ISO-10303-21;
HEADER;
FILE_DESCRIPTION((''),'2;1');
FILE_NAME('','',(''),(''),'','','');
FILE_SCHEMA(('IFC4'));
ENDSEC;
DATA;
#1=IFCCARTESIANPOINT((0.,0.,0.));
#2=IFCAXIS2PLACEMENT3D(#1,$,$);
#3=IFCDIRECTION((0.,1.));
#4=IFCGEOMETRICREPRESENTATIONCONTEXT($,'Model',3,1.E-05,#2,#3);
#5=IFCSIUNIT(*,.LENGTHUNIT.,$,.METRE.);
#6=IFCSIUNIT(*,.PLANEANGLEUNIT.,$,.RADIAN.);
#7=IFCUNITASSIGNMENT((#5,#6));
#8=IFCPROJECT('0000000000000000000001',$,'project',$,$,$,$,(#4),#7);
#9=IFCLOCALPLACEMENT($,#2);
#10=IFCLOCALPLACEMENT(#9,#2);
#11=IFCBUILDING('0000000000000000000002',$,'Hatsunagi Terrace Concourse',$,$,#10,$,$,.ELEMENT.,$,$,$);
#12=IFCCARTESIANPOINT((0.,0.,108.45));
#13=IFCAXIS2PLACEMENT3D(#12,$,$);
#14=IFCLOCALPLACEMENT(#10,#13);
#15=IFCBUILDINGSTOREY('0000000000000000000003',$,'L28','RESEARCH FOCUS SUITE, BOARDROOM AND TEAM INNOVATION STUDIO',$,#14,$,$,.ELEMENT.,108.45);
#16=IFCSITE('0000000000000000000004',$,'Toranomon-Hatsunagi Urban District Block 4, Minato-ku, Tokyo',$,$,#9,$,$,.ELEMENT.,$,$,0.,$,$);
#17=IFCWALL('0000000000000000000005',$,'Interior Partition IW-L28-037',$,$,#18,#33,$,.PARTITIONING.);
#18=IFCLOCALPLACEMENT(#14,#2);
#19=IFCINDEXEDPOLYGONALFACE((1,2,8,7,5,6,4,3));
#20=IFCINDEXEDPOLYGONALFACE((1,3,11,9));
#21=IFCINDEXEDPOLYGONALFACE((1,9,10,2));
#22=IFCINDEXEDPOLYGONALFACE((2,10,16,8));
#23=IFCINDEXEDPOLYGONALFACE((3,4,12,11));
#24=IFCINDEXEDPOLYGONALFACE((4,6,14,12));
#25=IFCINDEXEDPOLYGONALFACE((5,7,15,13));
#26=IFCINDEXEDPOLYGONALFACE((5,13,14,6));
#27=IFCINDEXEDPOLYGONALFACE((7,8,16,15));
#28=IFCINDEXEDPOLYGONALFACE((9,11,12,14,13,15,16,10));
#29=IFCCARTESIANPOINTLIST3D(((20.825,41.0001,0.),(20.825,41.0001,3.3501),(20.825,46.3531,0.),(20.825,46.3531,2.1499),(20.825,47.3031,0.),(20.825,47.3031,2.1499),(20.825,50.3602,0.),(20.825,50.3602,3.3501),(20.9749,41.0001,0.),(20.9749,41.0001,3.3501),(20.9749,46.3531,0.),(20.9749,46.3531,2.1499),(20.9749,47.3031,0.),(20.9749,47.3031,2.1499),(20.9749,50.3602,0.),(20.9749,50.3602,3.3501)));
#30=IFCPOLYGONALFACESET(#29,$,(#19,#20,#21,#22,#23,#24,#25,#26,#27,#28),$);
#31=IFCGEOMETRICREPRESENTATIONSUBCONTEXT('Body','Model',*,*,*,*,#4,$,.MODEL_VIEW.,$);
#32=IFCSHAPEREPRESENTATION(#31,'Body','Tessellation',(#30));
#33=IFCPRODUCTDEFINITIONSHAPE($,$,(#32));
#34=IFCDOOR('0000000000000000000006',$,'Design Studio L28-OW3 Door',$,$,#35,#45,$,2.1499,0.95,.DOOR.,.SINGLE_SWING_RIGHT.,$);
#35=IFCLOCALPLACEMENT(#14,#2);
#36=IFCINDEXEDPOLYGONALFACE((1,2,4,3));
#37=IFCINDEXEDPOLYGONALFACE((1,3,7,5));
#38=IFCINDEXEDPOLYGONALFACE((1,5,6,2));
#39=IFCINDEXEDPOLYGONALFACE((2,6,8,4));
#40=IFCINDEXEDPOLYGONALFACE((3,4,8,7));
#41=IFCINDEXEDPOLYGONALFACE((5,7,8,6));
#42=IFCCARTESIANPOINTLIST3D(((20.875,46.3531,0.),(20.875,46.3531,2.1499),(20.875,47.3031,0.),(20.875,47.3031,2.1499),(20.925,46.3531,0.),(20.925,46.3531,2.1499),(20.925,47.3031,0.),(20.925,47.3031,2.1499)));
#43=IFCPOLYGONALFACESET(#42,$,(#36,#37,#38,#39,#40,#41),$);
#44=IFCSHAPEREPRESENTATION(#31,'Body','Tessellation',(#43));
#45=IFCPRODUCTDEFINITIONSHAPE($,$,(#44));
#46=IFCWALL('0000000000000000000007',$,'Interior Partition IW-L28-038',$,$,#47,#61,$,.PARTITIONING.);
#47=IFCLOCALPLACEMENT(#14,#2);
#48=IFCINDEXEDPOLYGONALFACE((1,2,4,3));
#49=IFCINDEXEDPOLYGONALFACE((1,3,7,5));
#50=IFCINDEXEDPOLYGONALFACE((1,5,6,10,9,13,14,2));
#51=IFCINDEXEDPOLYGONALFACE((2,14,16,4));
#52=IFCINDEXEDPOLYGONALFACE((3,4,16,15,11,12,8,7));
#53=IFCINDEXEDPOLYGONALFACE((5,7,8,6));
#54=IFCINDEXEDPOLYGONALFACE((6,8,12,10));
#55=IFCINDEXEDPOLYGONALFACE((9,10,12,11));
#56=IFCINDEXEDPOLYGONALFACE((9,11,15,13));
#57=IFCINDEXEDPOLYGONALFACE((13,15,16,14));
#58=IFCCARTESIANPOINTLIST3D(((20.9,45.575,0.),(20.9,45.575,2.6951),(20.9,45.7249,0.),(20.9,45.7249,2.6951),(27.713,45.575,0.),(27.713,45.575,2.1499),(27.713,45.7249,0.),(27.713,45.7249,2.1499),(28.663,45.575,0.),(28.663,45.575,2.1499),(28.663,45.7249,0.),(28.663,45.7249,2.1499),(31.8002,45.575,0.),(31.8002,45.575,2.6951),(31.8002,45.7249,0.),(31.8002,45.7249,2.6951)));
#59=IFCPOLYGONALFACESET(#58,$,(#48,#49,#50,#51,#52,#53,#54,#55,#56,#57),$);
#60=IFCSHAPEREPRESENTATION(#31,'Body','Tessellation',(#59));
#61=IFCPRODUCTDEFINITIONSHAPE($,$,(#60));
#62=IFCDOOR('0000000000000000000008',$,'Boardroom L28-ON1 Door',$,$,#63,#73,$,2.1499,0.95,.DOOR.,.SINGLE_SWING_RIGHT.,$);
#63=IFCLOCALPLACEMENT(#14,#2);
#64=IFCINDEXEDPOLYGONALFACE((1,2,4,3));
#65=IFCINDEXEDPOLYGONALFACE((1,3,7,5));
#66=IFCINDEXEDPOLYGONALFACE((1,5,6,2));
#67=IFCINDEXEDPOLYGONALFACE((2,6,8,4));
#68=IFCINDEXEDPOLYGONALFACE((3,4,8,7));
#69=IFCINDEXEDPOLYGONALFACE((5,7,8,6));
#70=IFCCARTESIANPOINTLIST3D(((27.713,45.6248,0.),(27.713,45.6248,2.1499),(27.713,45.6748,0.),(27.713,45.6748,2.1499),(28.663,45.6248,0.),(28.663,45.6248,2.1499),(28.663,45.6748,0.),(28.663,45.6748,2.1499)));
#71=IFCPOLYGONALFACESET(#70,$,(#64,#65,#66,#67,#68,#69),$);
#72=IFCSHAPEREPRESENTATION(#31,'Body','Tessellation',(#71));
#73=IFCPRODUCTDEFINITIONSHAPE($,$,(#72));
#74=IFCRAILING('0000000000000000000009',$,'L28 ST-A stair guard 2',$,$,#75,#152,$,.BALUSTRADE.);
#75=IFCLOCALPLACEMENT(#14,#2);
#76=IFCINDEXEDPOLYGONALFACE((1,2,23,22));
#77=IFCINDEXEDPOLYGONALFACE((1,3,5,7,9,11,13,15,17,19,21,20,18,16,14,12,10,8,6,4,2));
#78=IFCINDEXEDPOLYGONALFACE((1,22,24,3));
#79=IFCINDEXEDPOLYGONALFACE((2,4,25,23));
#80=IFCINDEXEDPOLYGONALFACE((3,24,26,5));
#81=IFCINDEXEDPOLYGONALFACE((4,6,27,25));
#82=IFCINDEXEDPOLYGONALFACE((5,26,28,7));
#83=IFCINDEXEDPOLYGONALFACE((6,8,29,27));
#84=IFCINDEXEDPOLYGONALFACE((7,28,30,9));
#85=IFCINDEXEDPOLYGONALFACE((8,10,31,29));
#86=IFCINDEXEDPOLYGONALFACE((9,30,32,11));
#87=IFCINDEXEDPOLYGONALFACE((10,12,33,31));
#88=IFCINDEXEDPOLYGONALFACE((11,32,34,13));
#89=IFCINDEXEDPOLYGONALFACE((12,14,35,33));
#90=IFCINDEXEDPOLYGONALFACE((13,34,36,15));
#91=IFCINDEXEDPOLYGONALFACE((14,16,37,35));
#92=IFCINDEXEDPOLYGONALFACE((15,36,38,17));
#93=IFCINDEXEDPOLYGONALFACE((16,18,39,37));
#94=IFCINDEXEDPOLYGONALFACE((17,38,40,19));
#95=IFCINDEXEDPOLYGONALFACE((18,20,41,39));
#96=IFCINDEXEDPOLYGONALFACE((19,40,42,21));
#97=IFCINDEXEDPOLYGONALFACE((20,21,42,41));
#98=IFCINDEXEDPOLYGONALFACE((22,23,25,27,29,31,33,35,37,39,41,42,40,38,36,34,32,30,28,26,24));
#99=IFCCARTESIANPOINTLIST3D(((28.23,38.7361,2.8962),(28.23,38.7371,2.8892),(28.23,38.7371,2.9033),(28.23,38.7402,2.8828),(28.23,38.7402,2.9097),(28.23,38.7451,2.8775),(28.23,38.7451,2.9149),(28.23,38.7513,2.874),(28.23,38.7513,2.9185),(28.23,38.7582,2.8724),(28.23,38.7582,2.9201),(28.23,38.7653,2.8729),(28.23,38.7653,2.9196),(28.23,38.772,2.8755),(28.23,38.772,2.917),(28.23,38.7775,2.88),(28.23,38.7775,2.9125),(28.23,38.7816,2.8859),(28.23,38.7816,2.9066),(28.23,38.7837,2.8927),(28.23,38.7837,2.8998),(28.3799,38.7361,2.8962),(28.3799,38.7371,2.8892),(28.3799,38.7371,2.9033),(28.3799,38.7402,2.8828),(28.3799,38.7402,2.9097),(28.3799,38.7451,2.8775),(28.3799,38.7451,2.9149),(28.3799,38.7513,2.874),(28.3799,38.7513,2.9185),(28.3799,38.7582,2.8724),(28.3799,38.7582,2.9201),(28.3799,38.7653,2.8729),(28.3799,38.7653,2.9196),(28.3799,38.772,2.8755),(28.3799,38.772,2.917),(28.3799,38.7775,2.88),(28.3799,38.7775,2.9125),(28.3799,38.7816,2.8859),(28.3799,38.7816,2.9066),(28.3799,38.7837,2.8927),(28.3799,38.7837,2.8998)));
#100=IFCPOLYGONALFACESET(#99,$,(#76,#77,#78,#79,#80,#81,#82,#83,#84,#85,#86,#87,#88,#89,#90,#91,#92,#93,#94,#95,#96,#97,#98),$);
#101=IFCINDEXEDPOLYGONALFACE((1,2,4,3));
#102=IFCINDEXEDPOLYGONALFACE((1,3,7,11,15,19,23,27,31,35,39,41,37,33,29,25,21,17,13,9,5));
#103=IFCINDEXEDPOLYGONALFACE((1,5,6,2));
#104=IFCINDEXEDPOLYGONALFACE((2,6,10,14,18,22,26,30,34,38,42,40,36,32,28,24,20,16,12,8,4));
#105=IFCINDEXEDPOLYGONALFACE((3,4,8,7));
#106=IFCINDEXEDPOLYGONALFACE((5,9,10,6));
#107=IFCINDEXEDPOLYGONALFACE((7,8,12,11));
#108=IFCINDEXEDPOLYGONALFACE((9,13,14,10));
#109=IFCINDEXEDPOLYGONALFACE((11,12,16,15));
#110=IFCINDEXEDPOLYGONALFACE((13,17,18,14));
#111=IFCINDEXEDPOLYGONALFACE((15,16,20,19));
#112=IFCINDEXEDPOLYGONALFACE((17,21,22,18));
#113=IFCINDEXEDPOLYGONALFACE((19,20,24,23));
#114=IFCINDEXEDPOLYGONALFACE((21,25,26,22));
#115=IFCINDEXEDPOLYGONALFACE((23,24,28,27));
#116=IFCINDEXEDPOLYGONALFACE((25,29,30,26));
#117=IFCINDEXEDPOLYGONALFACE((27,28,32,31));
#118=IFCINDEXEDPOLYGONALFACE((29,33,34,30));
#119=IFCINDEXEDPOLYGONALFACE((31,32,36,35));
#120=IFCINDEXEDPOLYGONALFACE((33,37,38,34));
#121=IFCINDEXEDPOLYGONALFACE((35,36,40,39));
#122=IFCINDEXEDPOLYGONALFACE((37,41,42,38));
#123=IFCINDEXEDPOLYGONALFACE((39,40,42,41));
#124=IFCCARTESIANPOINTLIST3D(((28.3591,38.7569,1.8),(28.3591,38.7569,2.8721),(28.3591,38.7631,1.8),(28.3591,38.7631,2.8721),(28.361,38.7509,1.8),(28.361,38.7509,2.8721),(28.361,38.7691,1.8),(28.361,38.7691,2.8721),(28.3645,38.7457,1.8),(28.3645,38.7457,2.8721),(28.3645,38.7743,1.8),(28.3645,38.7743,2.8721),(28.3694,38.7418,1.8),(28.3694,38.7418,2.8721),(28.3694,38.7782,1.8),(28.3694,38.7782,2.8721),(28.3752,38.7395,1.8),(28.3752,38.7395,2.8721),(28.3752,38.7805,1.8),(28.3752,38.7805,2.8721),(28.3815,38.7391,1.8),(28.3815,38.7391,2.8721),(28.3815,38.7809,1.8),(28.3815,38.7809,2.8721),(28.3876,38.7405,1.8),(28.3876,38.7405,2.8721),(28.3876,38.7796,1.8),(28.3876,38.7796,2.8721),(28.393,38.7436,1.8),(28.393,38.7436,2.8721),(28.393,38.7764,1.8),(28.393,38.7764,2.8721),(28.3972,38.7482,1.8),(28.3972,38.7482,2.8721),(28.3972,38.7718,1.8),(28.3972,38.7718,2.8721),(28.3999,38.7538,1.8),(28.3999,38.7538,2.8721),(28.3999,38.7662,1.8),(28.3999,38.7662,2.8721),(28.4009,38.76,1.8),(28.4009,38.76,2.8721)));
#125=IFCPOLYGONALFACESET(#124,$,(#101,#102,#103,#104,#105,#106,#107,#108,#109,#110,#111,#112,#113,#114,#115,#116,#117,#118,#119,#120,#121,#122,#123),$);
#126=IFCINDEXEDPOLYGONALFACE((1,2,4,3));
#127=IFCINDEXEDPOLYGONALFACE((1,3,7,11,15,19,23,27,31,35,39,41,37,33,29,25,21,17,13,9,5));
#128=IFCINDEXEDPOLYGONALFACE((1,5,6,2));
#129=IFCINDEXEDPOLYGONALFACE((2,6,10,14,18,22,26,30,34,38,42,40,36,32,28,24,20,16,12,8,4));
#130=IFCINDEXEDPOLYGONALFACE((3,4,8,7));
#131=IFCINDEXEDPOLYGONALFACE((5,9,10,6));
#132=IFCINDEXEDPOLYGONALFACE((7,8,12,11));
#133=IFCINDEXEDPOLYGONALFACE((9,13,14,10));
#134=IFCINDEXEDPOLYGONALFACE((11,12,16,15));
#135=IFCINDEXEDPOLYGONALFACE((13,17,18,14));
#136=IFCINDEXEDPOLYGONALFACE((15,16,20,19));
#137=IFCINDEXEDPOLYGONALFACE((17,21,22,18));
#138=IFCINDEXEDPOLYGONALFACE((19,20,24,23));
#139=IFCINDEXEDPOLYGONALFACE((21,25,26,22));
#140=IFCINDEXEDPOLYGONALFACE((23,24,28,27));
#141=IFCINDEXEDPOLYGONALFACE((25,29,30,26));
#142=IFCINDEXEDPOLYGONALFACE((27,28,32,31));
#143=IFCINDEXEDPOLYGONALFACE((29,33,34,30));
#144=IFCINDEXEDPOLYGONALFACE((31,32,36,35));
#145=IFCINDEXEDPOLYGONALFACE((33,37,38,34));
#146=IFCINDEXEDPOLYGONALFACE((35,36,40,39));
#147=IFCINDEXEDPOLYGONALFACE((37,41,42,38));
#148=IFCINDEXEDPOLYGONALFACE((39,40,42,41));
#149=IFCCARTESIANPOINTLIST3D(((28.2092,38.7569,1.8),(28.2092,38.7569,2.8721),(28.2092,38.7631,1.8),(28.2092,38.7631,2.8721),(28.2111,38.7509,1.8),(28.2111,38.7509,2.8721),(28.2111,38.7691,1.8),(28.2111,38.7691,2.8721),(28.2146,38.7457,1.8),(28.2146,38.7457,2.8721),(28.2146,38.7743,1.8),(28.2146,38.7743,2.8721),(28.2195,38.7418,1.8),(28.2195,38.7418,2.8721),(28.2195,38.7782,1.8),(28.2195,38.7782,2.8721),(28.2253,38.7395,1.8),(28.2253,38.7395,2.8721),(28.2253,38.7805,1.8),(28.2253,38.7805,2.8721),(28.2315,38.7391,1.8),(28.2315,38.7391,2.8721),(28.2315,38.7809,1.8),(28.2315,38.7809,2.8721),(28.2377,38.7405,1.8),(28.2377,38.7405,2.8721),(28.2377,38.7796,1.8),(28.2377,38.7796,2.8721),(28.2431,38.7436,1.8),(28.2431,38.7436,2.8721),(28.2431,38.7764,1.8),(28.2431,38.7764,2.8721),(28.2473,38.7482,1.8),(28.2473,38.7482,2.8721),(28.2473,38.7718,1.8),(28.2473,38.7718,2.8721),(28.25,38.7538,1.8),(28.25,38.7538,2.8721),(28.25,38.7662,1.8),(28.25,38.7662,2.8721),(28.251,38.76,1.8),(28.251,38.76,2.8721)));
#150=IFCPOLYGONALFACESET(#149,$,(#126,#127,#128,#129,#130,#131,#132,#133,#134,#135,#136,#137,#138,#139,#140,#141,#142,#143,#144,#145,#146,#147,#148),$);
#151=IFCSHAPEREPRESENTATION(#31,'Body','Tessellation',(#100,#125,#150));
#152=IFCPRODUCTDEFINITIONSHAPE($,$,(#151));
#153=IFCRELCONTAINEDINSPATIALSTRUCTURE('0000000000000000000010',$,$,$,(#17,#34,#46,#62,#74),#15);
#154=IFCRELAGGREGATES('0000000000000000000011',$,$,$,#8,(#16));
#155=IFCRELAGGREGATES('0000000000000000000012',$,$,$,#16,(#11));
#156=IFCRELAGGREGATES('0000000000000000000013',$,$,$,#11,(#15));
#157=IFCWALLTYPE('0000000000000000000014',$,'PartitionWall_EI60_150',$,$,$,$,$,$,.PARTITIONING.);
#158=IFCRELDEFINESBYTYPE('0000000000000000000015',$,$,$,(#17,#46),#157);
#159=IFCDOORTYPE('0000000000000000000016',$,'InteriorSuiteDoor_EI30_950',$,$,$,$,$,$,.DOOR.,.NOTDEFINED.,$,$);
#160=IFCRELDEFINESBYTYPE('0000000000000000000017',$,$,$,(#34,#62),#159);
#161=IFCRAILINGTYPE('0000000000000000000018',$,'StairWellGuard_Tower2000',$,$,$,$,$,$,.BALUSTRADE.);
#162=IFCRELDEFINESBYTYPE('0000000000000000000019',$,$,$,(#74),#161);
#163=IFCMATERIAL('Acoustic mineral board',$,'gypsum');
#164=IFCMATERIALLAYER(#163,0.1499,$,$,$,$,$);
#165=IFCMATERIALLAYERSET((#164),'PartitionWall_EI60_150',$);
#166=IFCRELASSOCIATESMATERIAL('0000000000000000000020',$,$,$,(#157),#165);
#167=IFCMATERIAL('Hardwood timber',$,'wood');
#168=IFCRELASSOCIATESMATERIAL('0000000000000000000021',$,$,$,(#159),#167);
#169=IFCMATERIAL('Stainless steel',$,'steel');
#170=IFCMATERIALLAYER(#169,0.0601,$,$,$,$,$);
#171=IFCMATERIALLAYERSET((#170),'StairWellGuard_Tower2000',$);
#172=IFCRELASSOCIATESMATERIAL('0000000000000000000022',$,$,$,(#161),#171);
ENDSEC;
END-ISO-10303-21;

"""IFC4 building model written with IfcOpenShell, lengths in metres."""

from ifc_helpers import new_model, si_unit, direction, frame, frame_2d, origin, origin_2d, place, context, subcontext, project, spatial, rectangle, circle, extrude, material, layer, layer_set, type_object, element, fill, save


model = new_model("IFC4")

# Units and contexts
model_context = context("Model", 3, precision=1e-05, world=origin(), true_north=direction((0.0, 1.0)))
body_context = subcontext(model_context, "Body", "Model", "MODEL_VIEW")
ifc_project = project(units=[si_unit("LENGTHUNIT", "METRE"), si_unit("PLANEANGLEUNIT", "RADIAN")], contexts=[model_context])

# Site, building, storey
site_placement = place(None, origin())
site = spatial("IfcSite", under=ifc_project, at=site_placement, Name="Toranomon-Hatsunagi Urban District Block 4, Minato-ku, Tokyo", CompositionType="ELEMENT", RefElevation=0.0)
building_placement = place(site_placement, origin())
building = spatial("IfcBuilding", under=site, at=building_placement, Name="Hatsunagi Terrace Concourse", CompositionType="ELEMENT")
storey_placement = place(building_placement, frame((0.0, 0.0, 108.45)))
storey = spatial("IfcBuildingStorey", under=building, at=storey_placement, Name="L28", Description="RESEARCH FOCUS SUITE, BOARDROOM AND TEAM INNOVATION STUDIO", CompositionType="ELEMENT", Elevation=108.45)

# Shared definitions
ifc_material_1 = material(Name="Acoustic mineral board", Category="gypsum")
ifc_layer_1 = layer(ifc_material_1, 0.1499)
ifc_layer_set_1 = layer_set([ifc_layer_1], Name="PartitionWall_EI60_150")
wall_type_1 = type_object("IfcWallType", Name="PartitionWall_EI60_150", PredefinedType="PARTITIONING", material=ifc_layer_set_1)

# Walls, openings, doors
wall_1_placement = place(storey_placement, frame((20.8999, 41.0, 0.0), z_axis=(0.0, 0.0, 1.0), x_axis=(0.0, 1.0, 0.0)))
wall_1 = element("IfcWall", 1, at=wall_1_placement, inside=storey, type_object=wall_type_1, Name="Interior Partition IW-L28-037", PredefinedType="PARTITIONING", context=body_context, shape_type="SweptSolid", body=[
    extrude(rectangle(XDim=9.3601, YDim=0.1499, at=frame_2d((4.6802, 0.0))), origin(), (0.0, 0.0, 1.0), 3.3501),
])
opening_1_placement = place(wall_1_placement, frame((5.353, 0.0, 0.0)))
opening_1 = element("IfcOpeningElement", 2, at=opening_1_placement, cuts=wall_1, PredefinedType="OPENING", context=body_context, shape_type="SweptSolid", body=[
    extrude(rectangle(XDim=0.95, YDim=2.1499, at=frame_2d((0.4751, 1.075))), frame((0.0, 0.085, 0.0), z_axis=(0.0, -1.0, 0.0), x_axis=(1.0, 0.0, 0.0)), (0.0, 0.0, 1.0), 0.1699),
])
ifc_material_2 = material(Name="Hardwood timber", Category="wood")
door_type = type_object("IfcDoorType", Name="InteriorSuiteDoor_EI30_950", OperationType="NOTDEFINED", PredefinedType="DOOR", material=ifc_material_2)
door_1_placement = place(opening_1_placement, origin())
door_1 = element("IfcDoor", 3, at=door_1_placement, inside=storey, type_object=door_type, Name="Design Studio L28-OW3 Door", OperationType="SINGLE_SWING_RIGHT", OverallHeight=2.1499, OverallWidth=0.95, PredefinedType="DOOR", context=body_context, shape_type="SweptSolid", body=[
    extrude(rectangle(XDim=0.95, YDim=2.1499, at=frame_2d((0.4751, 1.075))), frame((0.0, 0.0249, 0.0), z_axis=(0.0, -1.0, 0.0), x_axis=(1.0, 0.0, 0.0)), (0.0, 0.0, 1.0), 0.05),
])
fill(opening_1, door_1)
wall_2_placement = place(storey_placement, frame((20.8999, 45.6499, 0.0), z_axis=(0.0, 0.0, 1.0), x_axis=(1.0, 0.0, 0.0)))
wall_2 = element("IfcWall", 4, at=wall_2_placement, inside=storey, type_object=wall_type_1, Name="Interior Partition IW-L28-038", PredefinedType="PARTITIONING", context=body_context, shape_type="SweptSolid", body=[
    extrude(rectangle(XDim=10.9001, YDim=0.1499, at=frame_2d((5.4502, 0.0))), origin(), (0.0, 0.0, 1.0), 2.6951),
])
opening_2_placement = place(wall_2_placement, frame((6.813, 0.0, 0.0)))
opening_2 = element("IfcOpeningElement", 5, at=opening_2_placement, cuts=wall_2, PredefinedType="OPENING", context=body_context, shape_type="SweptSolid", body=[
    extrude(rectangle(XDim=0.95, YDim=2.1499, at=frame_2d((0.4751, 1.075))), frame((0.0, 0.085, 0.0), z_axis=(0.0, -1.0, 0.0), x_axis=(1.0, 0.0, 0.0)), (0.0, 0.0, 1.0), 0.1699),
])
door_2_placement = place(opening_2_placement, origin())
door_2 = element("IfcDoor", 6, at=door_2_placement, inside=storey, type_object=door_type, Name="Boardroom L28-ON1 Door", OperationType="SINGLE_SWING_RIGHT", OverallHeight=2.1499, OverallWidth=0.95, PredefinedType="DOOR", context=body_context, shape_type="SweptSolid", body=[
    extrude(rectangle(XDim=0.95, YDim=2.1499, at=frame_2d((0.4751, 1.075))), frame((0.0, 0.0249, 0.0), z_axis=(0.0, -1.0, 0.0), x_axis=(1.0, 0.0, 0.0)), (0.0, 0.0, 1.0), 0.05),
])
fill(opening_2, door_2)

# Railing
ifc_material_3 = material(Name="Stainless steel", Category="steel")
ifc_layer_2 = layer(ifc_material_3, 0.0601)
ifc_layer_set_2 = layer_set([ifc_layer_2], Name="StairWellGuard_Tower2000")
railing_type = type_object("IfcRailingType", Name="StairWellGuard_Tower2000", PredefinedType="BALUSTRADE", material=ifc_layer_set_2)
railing_1_placement = place(storey_placement, frame((28.3799, 38.76, 1.8)))
element("IfcRailing", 7, at=railing_1_placement, inside=storey, type_object=railing_type, Name="L28 ST-A stair guard 2", PredefinedType="BALUSTRADE", context=body_context, shape_type="SweptSolid", body=[
    extrude(circle(Radius=0.0239, at=origin_2d()), frame((0.0, 0.0, 1.0962), z_axis=(-1.0, 0.0, 0.0), x_axis=(0.0, -1.0, 0.0)), (0.0, 0.0, 1.0), 0.1499),
    extrude(circle(Radius=0.021, at=origin_2d()), origin(), (0.0, 0.0, 1.0), 1.072),
    extrude(circle(Radius=0.021, at=origin_2d()), frame((-0.1499, 0.0, 0.0)), (0.0, 0.0, 1.0), 1.072),
])

save(model, "model.ifc")
